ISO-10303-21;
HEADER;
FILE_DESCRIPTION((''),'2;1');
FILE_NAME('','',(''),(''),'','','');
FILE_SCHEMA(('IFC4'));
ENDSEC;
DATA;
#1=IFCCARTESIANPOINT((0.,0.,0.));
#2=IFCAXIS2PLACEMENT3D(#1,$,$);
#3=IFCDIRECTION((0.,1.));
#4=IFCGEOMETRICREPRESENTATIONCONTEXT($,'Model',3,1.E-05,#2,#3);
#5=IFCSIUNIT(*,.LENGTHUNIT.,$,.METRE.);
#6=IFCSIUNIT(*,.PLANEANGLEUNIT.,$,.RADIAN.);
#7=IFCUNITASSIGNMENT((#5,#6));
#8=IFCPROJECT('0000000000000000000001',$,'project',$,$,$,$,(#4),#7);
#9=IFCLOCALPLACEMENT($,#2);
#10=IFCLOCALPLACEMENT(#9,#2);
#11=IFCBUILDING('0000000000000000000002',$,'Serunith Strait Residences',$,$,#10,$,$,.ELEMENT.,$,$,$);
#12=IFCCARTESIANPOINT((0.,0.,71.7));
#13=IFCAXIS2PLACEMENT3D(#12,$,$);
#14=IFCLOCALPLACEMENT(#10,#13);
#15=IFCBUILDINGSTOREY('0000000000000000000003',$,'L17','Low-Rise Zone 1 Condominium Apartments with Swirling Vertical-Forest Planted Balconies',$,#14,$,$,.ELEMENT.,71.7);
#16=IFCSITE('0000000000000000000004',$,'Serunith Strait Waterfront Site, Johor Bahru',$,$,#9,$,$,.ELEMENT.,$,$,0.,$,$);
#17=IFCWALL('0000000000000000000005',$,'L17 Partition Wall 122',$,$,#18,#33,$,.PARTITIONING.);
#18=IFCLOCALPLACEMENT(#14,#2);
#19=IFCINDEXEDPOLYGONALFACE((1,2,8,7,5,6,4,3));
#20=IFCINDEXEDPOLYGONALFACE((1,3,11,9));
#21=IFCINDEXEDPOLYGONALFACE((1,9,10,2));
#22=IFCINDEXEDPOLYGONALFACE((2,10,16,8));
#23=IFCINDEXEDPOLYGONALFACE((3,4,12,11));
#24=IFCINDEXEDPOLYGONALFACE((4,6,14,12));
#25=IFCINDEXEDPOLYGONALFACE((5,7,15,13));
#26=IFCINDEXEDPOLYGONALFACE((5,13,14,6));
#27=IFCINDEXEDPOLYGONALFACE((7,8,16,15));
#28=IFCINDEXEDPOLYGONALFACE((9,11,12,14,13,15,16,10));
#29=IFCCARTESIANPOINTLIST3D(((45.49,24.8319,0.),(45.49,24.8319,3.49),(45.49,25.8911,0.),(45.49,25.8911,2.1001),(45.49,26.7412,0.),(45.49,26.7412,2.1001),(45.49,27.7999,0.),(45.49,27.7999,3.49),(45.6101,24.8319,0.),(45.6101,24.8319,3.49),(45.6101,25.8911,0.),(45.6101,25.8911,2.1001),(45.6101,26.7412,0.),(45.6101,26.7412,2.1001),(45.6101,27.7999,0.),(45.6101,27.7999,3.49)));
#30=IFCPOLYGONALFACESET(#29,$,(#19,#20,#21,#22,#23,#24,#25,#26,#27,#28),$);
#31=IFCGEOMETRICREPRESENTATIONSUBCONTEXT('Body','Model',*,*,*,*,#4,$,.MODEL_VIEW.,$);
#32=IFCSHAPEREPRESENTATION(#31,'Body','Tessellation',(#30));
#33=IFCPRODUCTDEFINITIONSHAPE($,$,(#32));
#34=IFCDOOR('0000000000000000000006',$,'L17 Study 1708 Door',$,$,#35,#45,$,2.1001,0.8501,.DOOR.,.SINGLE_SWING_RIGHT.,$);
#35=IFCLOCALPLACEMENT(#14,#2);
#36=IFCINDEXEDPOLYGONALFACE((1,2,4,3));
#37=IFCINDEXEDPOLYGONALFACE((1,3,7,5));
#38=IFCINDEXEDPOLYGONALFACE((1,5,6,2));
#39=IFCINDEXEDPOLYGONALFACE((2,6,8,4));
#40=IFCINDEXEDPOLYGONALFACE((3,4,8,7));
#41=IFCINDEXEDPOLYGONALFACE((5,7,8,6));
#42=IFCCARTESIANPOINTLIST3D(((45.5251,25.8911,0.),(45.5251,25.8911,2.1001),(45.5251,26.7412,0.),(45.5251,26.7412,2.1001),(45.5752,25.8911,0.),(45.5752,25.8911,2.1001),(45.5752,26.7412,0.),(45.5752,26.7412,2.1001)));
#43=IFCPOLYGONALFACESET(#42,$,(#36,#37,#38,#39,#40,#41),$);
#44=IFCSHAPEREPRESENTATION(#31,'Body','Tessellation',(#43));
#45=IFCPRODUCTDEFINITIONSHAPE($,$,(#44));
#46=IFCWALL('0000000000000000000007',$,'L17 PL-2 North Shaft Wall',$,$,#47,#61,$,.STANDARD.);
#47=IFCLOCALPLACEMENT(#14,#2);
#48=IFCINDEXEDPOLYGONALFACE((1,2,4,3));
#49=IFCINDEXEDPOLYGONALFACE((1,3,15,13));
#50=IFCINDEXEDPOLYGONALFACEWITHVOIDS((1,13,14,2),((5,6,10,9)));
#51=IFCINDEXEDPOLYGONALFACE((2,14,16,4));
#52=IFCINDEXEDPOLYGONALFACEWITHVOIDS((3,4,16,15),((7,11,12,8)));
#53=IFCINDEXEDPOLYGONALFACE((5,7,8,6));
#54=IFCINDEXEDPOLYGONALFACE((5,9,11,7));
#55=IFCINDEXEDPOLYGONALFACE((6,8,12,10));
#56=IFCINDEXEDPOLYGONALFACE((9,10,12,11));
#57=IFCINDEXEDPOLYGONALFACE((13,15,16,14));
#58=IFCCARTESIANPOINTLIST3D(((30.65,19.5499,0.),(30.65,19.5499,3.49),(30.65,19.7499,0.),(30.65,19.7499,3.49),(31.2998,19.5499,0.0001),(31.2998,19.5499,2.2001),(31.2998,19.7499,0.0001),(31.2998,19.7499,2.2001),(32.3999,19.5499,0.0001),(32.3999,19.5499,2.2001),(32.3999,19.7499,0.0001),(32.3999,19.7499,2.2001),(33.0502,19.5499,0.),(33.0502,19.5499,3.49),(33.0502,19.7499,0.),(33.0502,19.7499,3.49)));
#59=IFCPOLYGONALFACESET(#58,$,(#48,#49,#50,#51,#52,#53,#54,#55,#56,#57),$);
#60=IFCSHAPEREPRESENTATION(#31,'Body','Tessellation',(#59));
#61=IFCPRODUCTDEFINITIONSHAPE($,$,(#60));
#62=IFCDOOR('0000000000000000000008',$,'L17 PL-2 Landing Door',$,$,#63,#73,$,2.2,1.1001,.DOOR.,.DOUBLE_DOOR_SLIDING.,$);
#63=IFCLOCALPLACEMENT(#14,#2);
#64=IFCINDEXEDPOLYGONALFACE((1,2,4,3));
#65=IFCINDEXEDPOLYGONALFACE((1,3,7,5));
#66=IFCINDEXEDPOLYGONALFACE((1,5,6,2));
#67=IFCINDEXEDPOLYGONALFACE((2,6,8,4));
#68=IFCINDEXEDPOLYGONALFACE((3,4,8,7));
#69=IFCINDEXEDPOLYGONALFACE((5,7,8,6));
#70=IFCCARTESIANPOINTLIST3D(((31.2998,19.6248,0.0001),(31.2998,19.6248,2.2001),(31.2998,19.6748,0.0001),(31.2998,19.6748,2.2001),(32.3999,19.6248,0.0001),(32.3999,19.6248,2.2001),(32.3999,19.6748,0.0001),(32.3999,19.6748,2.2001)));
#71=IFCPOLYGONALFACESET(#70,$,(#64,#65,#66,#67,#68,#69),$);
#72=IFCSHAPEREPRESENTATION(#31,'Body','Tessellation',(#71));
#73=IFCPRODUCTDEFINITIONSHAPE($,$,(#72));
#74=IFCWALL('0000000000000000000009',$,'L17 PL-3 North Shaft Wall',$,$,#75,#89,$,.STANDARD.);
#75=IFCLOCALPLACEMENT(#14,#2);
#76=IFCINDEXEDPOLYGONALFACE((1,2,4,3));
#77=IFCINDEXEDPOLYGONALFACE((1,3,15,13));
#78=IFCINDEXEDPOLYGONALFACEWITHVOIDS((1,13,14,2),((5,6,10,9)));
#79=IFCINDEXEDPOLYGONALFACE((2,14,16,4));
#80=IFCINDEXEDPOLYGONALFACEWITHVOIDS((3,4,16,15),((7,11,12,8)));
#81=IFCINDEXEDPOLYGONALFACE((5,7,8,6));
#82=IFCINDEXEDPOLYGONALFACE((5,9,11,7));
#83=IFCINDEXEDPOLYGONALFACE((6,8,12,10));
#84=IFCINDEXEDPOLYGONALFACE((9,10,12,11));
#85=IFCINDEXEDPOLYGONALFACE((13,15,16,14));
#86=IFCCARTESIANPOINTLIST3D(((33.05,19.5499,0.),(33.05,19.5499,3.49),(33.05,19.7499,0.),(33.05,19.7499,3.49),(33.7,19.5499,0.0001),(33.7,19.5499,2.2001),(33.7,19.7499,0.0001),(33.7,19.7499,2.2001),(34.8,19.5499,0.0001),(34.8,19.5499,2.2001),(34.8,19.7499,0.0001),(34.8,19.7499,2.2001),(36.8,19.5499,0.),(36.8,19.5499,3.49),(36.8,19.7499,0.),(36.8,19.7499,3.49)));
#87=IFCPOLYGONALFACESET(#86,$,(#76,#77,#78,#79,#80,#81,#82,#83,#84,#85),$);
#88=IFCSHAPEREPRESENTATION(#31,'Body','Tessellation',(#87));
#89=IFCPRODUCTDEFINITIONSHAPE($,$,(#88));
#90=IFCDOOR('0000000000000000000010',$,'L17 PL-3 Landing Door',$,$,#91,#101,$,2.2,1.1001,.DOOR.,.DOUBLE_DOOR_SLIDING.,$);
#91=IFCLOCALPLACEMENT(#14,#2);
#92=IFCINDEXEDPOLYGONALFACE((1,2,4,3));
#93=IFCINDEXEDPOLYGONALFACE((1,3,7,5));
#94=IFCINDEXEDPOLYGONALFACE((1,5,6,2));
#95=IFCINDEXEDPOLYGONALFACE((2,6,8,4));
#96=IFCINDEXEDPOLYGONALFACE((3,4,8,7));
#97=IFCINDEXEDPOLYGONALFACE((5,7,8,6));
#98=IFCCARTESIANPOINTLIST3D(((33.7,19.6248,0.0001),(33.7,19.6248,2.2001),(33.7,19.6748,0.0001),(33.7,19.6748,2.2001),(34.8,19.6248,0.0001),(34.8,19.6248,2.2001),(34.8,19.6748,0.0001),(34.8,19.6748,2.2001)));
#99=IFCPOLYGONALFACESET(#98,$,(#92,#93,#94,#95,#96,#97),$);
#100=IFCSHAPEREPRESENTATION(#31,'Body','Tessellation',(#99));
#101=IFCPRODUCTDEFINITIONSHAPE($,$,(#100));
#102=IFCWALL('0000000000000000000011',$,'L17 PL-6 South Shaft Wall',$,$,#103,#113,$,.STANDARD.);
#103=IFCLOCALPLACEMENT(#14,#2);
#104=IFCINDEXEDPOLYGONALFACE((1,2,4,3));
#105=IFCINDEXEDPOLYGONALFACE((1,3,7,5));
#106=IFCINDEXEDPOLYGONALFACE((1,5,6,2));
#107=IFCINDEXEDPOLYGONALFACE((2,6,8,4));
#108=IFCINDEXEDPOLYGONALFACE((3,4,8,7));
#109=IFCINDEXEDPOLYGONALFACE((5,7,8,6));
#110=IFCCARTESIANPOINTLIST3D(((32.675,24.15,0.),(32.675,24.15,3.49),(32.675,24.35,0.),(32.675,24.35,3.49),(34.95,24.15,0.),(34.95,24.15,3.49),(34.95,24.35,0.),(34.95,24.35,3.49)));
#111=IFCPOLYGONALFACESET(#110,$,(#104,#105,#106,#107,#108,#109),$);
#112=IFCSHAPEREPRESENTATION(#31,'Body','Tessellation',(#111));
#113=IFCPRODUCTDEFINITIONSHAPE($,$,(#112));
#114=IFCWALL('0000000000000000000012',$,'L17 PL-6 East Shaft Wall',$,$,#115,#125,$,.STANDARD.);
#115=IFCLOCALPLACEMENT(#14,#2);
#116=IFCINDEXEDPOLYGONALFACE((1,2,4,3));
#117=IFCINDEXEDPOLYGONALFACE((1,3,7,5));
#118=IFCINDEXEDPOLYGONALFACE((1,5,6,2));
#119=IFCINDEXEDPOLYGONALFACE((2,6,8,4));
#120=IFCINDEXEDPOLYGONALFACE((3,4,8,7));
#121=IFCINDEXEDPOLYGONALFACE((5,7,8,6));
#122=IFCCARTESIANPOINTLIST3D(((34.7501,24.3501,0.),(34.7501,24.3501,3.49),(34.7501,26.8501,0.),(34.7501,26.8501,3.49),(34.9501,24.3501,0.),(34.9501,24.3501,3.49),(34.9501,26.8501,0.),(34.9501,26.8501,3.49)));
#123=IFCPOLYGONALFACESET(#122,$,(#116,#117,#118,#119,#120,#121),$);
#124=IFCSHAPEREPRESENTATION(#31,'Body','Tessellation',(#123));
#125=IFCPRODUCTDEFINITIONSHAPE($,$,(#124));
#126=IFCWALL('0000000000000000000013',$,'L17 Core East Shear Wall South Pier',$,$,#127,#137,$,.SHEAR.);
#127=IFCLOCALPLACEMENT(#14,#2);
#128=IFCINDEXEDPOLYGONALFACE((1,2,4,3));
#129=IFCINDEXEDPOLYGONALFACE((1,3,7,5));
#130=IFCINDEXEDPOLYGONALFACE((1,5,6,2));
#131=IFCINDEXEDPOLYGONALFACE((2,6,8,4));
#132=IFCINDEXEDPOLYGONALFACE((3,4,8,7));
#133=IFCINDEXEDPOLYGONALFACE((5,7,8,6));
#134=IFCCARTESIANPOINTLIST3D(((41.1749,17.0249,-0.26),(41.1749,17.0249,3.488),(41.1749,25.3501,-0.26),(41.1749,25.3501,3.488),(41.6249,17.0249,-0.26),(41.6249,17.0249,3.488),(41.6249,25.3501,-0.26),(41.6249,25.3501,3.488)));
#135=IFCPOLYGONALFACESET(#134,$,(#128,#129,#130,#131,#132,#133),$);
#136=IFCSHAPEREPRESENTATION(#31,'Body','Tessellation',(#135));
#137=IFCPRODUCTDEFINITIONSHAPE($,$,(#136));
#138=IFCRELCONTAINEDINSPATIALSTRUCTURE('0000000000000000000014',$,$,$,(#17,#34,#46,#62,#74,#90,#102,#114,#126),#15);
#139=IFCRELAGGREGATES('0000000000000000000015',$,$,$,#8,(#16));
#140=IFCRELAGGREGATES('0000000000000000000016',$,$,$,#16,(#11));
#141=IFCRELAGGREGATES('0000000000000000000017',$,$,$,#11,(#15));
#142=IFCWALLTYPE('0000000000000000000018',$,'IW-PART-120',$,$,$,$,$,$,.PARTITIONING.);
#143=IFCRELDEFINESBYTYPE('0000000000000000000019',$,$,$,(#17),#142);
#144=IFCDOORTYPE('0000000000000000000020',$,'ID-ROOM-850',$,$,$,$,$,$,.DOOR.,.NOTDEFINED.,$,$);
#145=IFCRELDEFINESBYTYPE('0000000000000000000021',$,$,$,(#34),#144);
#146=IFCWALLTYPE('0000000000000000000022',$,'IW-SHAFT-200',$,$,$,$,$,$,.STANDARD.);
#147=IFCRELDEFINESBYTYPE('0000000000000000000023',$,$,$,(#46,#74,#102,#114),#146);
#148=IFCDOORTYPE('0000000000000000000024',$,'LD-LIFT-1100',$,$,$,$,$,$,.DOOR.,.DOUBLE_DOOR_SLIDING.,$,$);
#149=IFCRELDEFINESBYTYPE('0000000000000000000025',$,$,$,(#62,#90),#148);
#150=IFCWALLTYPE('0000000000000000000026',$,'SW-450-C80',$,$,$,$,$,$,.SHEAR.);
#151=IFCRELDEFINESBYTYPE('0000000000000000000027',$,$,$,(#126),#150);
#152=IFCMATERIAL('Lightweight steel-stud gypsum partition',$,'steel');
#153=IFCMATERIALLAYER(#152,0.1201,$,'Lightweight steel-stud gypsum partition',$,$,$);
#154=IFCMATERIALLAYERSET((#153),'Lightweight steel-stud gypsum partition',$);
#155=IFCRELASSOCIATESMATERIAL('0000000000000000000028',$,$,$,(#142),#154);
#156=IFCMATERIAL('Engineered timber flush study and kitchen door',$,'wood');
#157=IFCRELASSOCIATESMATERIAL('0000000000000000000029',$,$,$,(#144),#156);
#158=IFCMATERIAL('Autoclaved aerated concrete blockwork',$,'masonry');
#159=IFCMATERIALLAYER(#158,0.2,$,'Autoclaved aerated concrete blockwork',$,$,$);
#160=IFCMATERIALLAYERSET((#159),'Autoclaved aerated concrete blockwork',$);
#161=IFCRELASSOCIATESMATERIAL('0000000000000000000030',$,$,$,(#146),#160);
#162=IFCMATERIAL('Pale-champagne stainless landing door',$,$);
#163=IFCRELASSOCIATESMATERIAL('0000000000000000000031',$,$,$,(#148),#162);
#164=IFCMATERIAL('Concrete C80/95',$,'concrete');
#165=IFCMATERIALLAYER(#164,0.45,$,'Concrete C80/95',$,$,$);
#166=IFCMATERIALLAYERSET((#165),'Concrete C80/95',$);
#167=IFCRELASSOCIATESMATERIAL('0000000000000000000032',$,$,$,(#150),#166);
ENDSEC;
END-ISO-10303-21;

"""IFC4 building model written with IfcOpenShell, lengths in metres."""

from ifc_helpers import new_model, si_unit, direction, frame, frame_2d, origin, place, context, subcontext, project, spatial, rectangle, extrude, source, transform, mapped, material, layer, layer_set, type_object, element, fill, save


model = new_model("IFC4")

# Units and contexts
model_context = context("Model", 3, precision=1e-05, world=origin(), true_north=direction((0.0, 1.0)))
body_context = subcontext(model_context, "Body", "Model", "MODEL_VIEW")
ifc_project = project(units=[si_unit("LENGTHUNIT", "METRE"), si_unit("PLANEANGLEUNIT", "RADIAN")], contexts=[model_context])

# Site, building, storey
site_placement = place(None, origin())
site = spatial("IfcSite", under=ifc_project, at=site_placement, Name="Serunith Strait Waterfront Site, Johor Bahru", CompositionType="ELEMENT", RefElevation=0.0)
building_placement = place(site_placement, origin())
building = spatial("IfcBuilding", under=site, at=building_placement, Name="Serunith Strait Residences", CompositionType="ELEMENT")
storey_placement = place(building_placement, frame((0.0, 0.0, 71.7)))
storey = spatial("IfcBuildingStorey", under=building, at=storey_placement, Name="L17", Description="Low-Rise Zone 1 Condominium Apartments with Swirling Vertical-Forest Planted Balconies", CompositionType="ELEMENT", Elevation=71.7)

# Walls, openings, doors
ifc_material_1 = material(Name="Lightweight steel-stud gypsum partition", Category="steel")
ifc_layer_1 = layer(ifc_material_1, 0.1201, Name="Lightweight steel-stud gypsum partition")
ifc_layer_set_1 = layer_set([ifc_layer_1], Name="Lightweight steel-stud gypsum partition")
wall_type_1 = type_object("IfcWallType", Name="IW-PART-120", PredefinedType="PARTITIONING", material=ifc_layer_set_1)
shared_shape_1 = source(origin(), body_context, "Body", "SweptSolid", [
    extrude(rectangle(XDim=0.8501, YDim=2.1001, at=frame_2d((0.425, 1.05))), frame((0.0, 0.0249, 0.0), z_axis=(0.0, -1.0, 0.0), x_axis=(1.0, 0.0, 0.0)), (0.0, 0.0, 1.0), 0.05),
])
wall_1_placement = place(storey_placement, frame((45.55, 24.832, 0.0), z_axis=(0.0, 0.0, 1.0), x_axis=(0.0, 1.0, 0.0)))
wall_1 = element("IfcWall", 1, at=wall_1_placement, inside=storey, type_object=wall_type_1, Name="L17 Partition Wall 122", PredefinedType="PARTITIONING", context=body_context, shape_type="SweptSolid", body=[
    extrude(rectangle(XDim=2.968, YDim=0.1201, at=frame_2d((1.4839, 0.0))), origin(), (0.0, 0.0, 1.0), 3.49),
])
opening_1_placement = place(wall_1_placement, frame((1.0591, 0.0, 0.0)))
opening_1 = element("IfcOpeningElement", 2, at=opening_1_placement, cuts=wall_1, PredefinedType="OPENING", context=body_context, shape_type="SweptSolid", body=[
    extrude(rectangle(XDim=0.8501, YDim=2.1001, at=frame_2d((0.425, 1.05))), frame((0.0, 0.0701, 0.0), z_axis=(0.0, -1.0, 0.0), x_axis=(1.0, 0.0, 0.0)), (0.0, 0.0, 1.0), 0.1401),
])
ifc_material_2 = material(Name="Engineered timber flush study and kitchen door", Category="wood")
door_type_1 = type_object("IfcDoorType", Name="ID-ROOM-850", OperationType="NOTDEFINED", PredefinedType="DOOR", material=ifc_material_2)
door_1_placement = place(opening_1_placement, origin())
door_1 = element("IfcDoor", 3, at=door_1_placement, inside=storey, type_object=door_type_1, Name="L17 Study 1708 Door", OperationType="SINGLE_SWING_RIGHT", OverallHeight=2.1001, OverallWidth=0.8501, PredefinedType="DOOR", context=body_context, shape_type="MappedRepresentation", body=[
    mapped(shared_shape_1, transform((0.0, 0.0, 0.0), scale=1.0)),
])
fill(opening_1, door_1)
ifc_material_3 = material(Name="Autoclaved aerated concrete blockwork", Category="masonry")
ifc_layer_2 = layer(ifc_material_3, 0.2, Name="Autoclaved aerated concrete blockwork")
ifc_layer_set_2 = layer_set([ifc_layer_2], Name="Autoclaved aerated concrete blockwork")
wall_type_2 = type_object("IfcWallType", Name="IW-SHAFT-200", PredefinedType="STANDARD", material=ifc_layer_set_2)
wall_2_placement = place(storey_placement, frame((30.6499, 19.6499, 0.0), z_axis=(0.0, 0.0, 1.0), x_axis=(1.0, 0.0, 0.0)))
wall_2 = element("IfcWall", 4, at=wall_2_placement, inside=storey, type_object=wall_type_2, Name="L17 PL-2 North Shaft Wall", PredefinedType="STANDARD", context=body_context, shape_type="SweptSolid", body=[
    extrude(rectangle(XDim=2.4001, YDim=0.2, at=frame_2d((1.2002, 0.0))), origin(), (0.0, 0.0, 1.0), 3.49),
])
opening_2_placement = place(wall_2_placement, frame((0.6499, 0.0, 0.0)))
opening_2 = element("IfcOpeningElement", 5, at=opening_2_placement, cuts=wall_2, PredefinedType="OPENING", context=body_context, shape_type="SweptSolid", body=[
    extrude(rectangle(XDim=1.1001, YDim=2.2, at=frame_2d((0.55, 1.1001))), frame((0.0, 0.1099, 0.0), z_axis=(0.0, -1.0, 0.0), x_axis=(1.0, 0.0, 0.0)), (0.0, 0.0, 1.0), 0.22),
])
ifc_material_4 = material(Name="Pale-champagne stainless landing door")
door_type_2 = type_object("IfcDoorType", Name="LD-LIFT-1100", OperationType="DOUBLE_DOOR_SLIDING", PredefinedType="DOOR", material=ifc_material_4)
shared_shape_2 = source(origin(), body_context, "Body", "SweptSolid", [
    extrude(rectangle(XDim=1.1001, YDim=2.2, at=frame_2d((0.55, 1.1001))), frame((0.0, 0.0249, 0.0), z_axis=(0.0, -1.0, 0.0), x_axis=(1.0, 0.0, 0.0)), (0.0, 0.0, 1.0), 0.05),
])
door_2_placement = place(opening_2_placement, origin())
door_2 = element("IfcDoor", 6, at=door_2_placement, inside=storey, type_object=door_type_2, Name="L17 PL-2 Landing Door", OperationType="DOUBLE_DOOR_SLIDING", OverallHeight=2.2, OverallWidth=1.1001, PredefinedType="DOOR", context=body_context, shape_type="MappedRepresentation", body=[
    mapped(shared_shape_2, transform((0.0, 0.0, 0.0), scale=1.0)),
])
fill(opening_2, door_2)
wall_3_placement = place(storey_placement, frame((33.05, 19.6499, 0.0), z_axis=(0.0, 0.0, 1.0), x_axis=(1.0, 0.0, 0.0)))
wall_3 = element("IfcWall", 7, at=wall_3_placement, inside=storey, type_object=wall_type_2, Name="L17 PL-3 North Shaft Wall", PredefinedType="STANDARD", context=body_context, shape_type="SweptSolid", body=[
    extrude(rectangle(XDim=3.75, YDim=0.2, at=frame_2d((1.875, 0.0))), origin(), (0.0, 0.0, 1.0), 3.49),
])
opening_3_placement = place(wall_3_placement, frame((0.6499, 0.0, 0.0)))
opening_3 = element("IfcOpeningElement", 8, at=opening_3_placement, cuts=wall_3, PredefinedType="OPENING", context=body_context, shape_type="SweptSolid", body=[
    extrude(rectangle(XDim=1.1001, YDim=2.2, at=frame_2d((0.55, 1.1001))), frame((0.0, 0.1099, 0.0), z_axis=(0.0, -1.0, 0.0), x_axis=(1.0, 0.0, 0.0)), (0.0, 0.0, 1.0), 0.22),
])
door_3_placement = place(opening_3_placement, origin())
door_3 = element("IfcDoor", 9, at=door_3_placement, inside=storey, type_object=door_type_2, Name="L17 PL-3 Landing Door", OperationType="DOUBLE_DOOR_SLIDING", OverallHeight=2.2, OverallWidth=1.1001, PredefinedType="DOOR", context=body_context, shape_type="MappedRepresentation", body=[
    mapped(shared_shape_2, transform((0.0, 0.0, 0.0), scale=1.0)),
])
fill(opening_3, door_3)

# Walls
wall_4_placement = place(storey_placement, frame((32.675, 24.25, 0.0), z_axis=(0.0, 0.0, 1.0), x_axis=(1.0, 0.0, 0.0)))
element("IfcWall", 10, at=wall_4_placement, inside=storey, type_object=wall_type_2, Name="L17 PL-6 South Shaft Wall", PredefinedType="STANDARD", context=body_context, shape_type="SweptSolid", body=[
    extrude(rectangle(XDim=2.2749, YDim=0.2, at=frame_2d((1.1375, 0.0))), origin(), (0.0, 0.0, 1.0), 3.49),
])
wall_5_placement = place(storey_placement, frame((34.8501, 24.3501, 0.0), z_axis=(0.0, 0.0, 1.0), x_axis=(0.0, 1.0, 0.0)))
element("IfcWall", 11, at=wall_5_placement, inside=storey, type_object=wall_type_2, Name="L17 PL-6 East Shaft Wall", PredefinedType="STANDARD", context=body_context, shape_type="SweptSolid", body=[
    extrude(rectangle(XDim=2.5, YDim=0.2, at=frame_2d((1.25, 0.0))), origin(), (0.0, 0.0, 1.0), 3.49),
])
ifc_material_5 = material(Name="Concrete C80/95", Category="concrete")
ifc_layer_3 = layer(ifc_material_5, 0.45, Name="Concrete C80/95")
ifc_layer_set_3 = layer_set([ifc_layer_3], Name="Concrete C80/95")
wall_type_3 = type_object("IfcWallType", Name="SW-450-C80", PredefinedType="SHEAR", material=ifc_layer_set_3)
wall_6_placement = place(storey_placement, frame((41.3999, 17.0249, -0.26), z_axis=(0.0, 0.0, 1.0), x_axis=(0.0, 1.0, 0.0)))
element("IfcWall", 12, at=wall_6_placement, inside=storey, type_object=wall_type_3, Name="L17 Core East Shear Wall South Pier", PredefinedType="SHEAR", context=body_context, shape_type="SweptSolid", body=[
    extrude(rectangle(XDim=8.3252, YDim=0.45, at=frame_2d((4.1626, 0.0))), origin(), (0.0, 0.0, 1.0), 3.748),
])

save(model, "model.ifc")
